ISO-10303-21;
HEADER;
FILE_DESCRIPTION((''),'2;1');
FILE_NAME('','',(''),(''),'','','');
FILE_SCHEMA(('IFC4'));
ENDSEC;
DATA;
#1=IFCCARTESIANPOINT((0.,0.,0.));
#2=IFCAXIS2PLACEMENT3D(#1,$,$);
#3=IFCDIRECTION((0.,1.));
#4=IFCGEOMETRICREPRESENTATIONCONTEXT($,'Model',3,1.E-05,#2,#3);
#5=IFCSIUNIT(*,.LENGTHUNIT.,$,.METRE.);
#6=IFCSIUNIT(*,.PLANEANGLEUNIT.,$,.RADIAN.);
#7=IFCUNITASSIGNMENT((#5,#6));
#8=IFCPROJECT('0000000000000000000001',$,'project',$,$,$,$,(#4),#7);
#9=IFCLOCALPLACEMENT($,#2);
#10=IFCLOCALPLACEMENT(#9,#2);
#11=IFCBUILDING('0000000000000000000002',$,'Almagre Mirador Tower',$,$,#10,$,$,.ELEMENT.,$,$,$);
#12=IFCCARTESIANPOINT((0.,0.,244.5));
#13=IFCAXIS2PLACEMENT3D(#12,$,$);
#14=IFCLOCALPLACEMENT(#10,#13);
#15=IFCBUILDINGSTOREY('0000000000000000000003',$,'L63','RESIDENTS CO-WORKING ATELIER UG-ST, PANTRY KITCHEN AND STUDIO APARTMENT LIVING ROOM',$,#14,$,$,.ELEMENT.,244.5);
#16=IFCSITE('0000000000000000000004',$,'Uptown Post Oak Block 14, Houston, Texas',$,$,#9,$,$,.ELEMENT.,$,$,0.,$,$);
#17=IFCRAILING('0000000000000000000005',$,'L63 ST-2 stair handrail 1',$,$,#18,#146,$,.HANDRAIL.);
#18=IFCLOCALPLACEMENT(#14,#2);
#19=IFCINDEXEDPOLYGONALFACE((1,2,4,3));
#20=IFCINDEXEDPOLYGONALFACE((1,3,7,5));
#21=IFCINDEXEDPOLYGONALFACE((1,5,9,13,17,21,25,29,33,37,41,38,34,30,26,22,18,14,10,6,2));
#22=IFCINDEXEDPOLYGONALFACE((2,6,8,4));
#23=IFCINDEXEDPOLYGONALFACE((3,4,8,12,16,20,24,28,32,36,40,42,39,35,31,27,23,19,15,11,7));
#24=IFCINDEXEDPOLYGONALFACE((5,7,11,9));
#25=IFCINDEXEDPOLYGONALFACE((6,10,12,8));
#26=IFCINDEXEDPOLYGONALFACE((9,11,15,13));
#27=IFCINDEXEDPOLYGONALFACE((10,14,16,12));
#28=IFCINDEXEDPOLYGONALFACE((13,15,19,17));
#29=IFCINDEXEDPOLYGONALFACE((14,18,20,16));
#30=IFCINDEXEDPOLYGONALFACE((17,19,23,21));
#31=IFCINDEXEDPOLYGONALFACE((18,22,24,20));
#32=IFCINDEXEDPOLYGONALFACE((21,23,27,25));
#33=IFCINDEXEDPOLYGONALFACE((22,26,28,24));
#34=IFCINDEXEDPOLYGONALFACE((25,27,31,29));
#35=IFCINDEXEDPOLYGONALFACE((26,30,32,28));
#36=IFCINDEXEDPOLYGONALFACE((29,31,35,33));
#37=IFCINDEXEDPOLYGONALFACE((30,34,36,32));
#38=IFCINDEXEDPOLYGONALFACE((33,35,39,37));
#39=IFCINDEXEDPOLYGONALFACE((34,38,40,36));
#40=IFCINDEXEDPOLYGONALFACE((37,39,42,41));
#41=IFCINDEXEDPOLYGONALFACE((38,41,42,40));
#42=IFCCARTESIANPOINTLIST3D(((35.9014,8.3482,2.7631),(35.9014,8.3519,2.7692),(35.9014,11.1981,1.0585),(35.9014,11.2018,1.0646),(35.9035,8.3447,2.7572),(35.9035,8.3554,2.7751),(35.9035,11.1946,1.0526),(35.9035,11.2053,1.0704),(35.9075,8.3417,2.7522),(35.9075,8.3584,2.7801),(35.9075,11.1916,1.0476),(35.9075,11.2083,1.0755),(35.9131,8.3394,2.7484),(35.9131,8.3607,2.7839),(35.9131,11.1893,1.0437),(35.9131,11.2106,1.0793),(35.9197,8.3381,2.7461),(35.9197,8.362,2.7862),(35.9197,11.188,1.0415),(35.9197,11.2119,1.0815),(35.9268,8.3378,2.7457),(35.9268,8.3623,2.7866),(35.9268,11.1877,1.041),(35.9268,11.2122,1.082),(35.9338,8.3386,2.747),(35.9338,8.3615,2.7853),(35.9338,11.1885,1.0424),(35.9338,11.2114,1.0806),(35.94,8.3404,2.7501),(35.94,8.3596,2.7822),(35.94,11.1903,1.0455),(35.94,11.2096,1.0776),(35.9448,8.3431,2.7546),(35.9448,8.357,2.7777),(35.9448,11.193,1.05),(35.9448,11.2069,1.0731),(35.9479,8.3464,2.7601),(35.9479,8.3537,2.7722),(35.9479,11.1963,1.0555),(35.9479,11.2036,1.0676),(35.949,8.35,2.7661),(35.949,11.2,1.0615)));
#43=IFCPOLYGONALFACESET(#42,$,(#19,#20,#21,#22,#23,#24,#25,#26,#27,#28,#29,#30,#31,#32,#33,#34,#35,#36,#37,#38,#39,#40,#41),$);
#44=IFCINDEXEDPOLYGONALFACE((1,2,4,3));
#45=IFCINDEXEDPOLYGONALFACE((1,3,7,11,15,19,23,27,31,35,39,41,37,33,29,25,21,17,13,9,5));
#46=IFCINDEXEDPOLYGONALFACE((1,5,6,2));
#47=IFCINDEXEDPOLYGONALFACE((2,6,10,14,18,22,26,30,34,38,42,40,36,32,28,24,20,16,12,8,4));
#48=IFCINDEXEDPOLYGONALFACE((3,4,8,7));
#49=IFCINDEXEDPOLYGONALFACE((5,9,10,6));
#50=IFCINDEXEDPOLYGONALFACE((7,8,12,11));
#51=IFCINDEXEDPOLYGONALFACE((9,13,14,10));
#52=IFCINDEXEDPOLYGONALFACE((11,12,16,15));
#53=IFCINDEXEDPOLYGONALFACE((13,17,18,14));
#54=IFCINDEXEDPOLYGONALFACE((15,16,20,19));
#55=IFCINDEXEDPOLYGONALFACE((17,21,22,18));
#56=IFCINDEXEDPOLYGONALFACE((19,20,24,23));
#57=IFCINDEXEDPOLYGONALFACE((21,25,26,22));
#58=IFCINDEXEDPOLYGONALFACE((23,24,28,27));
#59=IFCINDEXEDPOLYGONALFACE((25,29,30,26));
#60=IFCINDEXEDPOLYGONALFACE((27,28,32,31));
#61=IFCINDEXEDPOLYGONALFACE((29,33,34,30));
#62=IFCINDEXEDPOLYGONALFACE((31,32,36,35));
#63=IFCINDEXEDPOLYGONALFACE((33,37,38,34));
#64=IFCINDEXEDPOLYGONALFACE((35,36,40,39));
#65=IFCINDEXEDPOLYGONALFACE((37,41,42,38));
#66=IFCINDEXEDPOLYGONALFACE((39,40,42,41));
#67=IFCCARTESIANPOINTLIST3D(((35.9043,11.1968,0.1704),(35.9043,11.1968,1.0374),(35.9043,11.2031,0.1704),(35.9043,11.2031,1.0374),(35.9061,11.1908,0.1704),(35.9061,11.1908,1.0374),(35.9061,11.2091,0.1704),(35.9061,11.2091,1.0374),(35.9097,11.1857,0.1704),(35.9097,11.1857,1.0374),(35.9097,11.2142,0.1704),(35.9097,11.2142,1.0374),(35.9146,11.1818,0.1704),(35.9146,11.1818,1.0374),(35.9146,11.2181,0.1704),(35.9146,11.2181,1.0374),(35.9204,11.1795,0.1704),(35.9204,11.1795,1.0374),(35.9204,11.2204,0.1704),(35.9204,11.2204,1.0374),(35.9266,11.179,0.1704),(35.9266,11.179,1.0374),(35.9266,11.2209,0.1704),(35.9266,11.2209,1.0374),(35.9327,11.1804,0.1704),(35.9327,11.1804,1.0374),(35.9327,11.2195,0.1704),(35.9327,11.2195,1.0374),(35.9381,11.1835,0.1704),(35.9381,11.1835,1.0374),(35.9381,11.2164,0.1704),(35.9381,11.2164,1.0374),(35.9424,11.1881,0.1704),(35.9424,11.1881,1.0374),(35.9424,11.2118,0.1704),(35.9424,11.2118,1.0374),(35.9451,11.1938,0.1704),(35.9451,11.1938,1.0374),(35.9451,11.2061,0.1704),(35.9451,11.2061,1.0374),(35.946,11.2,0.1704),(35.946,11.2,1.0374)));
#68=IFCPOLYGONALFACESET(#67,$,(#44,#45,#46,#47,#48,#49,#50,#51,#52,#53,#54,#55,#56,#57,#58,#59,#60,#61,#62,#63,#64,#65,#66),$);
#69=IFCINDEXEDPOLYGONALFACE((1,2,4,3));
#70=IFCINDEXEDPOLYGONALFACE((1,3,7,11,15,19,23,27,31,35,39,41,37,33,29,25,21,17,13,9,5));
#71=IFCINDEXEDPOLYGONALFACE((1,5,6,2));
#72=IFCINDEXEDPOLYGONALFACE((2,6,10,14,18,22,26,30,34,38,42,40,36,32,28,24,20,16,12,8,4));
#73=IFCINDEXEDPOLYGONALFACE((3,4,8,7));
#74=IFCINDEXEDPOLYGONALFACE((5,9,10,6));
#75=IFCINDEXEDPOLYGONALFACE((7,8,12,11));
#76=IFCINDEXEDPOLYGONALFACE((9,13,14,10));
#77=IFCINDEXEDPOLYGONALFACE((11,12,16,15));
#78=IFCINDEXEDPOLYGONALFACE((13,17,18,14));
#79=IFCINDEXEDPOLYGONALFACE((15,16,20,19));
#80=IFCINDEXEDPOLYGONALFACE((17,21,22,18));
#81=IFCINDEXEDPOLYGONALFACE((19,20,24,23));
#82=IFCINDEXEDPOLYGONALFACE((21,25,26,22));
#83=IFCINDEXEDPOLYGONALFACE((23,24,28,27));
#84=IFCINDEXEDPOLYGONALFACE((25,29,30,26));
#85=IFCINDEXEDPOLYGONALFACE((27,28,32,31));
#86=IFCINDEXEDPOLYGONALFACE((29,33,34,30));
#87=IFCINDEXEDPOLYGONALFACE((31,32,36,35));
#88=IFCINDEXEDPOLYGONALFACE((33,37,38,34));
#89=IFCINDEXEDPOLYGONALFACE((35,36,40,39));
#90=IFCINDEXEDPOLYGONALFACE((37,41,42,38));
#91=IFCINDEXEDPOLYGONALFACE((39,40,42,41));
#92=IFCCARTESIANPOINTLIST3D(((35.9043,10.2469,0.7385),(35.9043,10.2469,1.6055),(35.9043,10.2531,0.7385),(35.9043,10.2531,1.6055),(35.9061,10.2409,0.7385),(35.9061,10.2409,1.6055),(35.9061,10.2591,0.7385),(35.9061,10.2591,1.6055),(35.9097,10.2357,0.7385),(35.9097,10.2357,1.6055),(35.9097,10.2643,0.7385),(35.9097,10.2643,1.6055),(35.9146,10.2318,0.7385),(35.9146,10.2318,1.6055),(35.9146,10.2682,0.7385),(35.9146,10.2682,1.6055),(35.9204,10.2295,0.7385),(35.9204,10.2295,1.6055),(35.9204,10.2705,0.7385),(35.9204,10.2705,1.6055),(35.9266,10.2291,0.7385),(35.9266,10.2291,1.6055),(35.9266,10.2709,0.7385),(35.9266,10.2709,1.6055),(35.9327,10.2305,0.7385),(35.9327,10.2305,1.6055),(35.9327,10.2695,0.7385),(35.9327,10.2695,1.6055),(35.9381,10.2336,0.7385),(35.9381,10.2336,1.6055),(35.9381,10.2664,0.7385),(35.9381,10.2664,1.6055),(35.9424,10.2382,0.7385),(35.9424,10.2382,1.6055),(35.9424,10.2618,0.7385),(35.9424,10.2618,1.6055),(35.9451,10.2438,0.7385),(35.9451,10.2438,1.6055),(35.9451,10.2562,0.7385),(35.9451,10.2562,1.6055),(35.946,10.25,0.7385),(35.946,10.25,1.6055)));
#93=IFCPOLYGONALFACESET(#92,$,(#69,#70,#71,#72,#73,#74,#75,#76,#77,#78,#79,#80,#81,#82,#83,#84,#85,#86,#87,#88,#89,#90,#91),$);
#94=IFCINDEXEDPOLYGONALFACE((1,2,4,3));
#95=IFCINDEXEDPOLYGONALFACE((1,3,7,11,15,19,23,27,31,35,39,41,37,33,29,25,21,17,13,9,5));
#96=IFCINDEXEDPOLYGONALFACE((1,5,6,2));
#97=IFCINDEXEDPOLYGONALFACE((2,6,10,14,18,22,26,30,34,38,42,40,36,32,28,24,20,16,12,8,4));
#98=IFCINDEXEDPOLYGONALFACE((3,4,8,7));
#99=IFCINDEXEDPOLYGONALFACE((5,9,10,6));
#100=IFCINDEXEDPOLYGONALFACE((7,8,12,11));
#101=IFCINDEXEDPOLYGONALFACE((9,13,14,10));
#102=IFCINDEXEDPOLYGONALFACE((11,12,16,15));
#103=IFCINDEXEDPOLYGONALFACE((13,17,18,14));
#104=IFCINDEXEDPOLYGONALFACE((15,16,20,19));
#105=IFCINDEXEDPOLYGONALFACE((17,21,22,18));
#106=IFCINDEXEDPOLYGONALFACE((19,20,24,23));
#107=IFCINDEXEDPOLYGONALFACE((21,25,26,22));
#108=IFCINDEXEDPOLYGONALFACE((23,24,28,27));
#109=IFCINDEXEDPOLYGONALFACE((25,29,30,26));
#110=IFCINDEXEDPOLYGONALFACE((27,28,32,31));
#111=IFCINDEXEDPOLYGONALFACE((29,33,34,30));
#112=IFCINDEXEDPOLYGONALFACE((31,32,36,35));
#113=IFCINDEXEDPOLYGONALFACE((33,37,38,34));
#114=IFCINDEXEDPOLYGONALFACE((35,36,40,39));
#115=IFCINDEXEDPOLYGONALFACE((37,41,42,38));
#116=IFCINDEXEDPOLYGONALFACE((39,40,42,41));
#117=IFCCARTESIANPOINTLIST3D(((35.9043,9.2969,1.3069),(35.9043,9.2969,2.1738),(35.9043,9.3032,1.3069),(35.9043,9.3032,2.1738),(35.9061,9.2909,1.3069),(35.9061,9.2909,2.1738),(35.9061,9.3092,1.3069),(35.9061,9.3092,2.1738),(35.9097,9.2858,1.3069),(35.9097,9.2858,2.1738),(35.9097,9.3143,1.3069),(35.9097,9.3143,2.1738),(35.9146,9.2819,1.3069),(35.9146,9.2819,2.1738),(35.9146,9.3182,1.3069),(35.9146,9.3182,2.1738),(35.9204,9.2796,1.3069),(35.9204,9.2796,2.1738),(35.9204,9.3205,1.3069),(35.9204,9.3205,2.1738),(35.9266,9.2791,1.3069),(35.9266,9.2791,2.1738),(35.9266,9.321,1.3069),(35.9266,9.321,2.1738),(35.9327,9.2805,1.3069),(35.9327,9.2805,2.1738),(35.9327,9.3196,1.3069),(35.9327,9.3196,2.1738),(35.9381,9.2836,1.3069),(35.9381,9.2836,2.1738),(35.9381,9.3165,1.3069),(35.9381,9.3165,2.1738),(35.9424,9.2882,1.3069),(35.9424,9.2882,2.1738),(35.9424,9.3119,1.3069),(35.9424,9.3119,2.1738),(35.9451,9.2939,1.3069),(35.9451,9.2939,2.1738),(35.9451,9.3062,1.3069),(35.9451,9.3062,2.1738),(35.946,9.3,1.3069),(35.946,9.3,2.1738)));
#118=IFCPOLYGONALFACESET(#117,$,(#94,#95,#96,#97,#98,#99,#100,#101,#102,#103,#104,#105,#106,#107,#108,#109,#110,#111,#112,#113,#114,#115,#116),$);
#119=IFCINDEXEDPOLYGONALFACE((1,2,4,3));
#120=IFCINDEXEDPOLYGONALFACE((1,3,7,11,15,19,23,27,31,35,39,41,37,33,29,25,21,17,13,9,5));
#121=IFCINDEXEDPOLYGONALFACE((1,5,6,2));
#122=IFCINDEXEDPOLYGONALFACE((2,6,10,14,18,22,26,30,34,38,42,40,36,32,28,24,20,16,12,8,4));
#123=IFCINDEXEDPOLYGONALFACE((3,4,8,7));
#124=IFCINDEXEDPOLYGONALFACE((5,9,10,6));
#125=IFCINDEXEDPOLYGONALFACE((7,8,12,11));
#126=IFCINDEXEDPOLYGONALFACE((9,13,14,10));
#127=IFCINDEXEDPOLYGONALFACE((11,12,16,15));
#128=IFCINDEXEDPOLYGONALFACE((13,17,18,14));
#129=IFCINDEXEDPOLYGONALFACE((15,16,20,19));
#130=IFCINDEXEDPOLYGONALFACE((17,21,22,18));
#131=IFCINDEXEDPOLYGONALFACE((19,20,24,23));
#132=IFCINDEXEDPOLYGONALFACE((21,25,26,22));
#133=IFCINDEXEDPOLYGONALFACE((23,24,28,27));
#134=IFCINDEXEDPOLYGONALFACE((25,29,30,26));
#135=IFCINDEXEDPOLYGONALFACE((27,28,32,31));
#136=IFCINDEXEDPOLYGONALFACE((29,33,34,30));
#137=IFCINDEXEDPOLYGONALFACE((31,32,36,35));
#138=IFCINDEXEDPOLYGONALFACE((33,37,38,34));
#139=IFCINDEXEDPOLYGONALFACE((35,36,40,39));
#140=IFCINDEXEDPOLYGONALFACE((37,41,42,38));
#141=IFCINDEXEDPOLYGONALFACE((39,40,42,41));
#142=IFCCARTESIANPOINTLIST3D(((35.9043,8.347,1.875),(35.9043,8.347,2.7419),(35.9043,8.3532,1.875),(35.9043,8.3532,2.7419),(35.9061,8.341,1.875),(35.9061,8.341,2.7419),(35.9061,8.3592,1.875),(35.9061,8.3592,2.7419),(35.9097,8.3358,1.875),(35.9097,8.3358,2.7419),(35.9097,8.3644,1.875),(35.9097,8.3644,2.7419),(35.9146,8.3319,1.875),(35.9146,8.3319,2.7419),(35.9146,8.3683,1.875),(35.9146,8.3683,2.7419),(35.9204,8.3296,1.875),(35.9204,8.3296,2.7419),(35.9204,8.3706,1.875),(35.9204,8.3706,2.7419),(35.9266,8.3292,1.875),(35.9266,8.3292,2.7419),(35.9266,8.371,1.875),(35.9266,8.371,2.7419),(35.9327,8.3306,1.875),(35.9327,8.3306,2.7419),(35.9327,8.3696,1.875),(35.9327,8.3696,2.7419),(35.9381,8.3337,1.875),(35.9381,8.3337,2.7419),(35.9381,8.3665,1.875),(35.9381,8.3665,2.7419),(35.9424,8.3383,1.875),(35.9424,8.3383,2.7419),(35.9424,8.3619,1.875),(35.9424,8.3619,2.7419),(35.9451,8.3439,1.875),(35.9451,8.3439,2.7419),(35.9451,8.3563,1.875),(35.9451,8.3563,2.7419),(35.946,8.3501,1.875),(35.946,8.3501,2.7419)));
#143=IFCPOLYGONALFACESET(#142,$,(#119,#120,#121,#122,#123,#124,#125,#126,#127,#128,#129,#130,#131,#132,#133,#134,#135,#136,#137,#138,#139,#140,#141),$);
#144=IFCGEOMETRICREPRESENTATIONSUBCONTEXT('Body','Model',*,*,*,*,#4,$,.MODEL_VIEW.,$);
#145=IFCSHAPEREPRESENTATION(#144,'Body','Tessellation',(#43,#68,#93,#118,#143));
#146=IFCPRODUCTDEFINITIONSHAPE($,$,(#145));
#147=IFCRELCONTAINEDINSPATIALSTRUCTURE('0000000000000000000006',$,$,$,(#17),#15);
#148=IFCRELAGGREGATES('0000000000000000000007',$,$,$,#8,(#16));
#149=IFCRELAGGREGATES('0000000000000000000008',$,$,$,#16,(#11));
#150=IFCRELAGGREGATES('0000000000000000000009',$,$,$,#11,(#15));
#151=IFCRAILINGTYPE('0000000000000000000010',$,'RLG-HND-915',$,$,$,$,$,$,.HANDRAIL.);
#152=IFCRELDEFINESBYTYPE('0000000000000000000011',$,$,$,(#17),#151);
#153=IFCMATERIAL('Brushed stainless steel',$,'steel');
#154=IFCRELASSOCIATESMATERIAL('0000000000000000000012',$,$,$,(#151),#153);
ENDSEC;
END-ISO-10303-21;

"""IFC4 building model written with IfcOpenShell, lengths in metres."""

from ifc_helpers import new_model, si_unit, direction, frame, origin, origin_2d, place, context, subcontext, project, spatial, circle, extrude, material, type_object, element, save


model = new_model("IFC4")

# Units and contexts
model_context = context("Model", 3, precision=1e-05, world=origin(), true_north=direction((0.0, 1.0)))
body_context = subcontext(model_context, "Body", "Model", "MODEL_VIEW")
ifc_project = project(units=[si_unit("LENGTHUNIT", "METRE"), si_unit("PLANEANGLEUNIT", "RADIAN")], contexts=[model_context])

# Site, building, storey
site_placement = place(None, origin())
site = spatial("IfcSite", under=ifc_project, at=site_placement, Name="Uptown Post Oak Block 14, Houston, Texas", CompositionType="ELEMENT", RefElevation=0.0)
building_placement = place(site_placement, origin())
building = spatial("IfcBuilding", under=site, at=building_placement, Name="Almagre Mirador Tower", CompositionType="ELEMENT")
storey_placement = place(building_placement, frame((0.0, 0.0, 244.5)))
storey = spatial("IfcBuildingStorey", under=building, at=storey_placement, Name="L63", Description="RESIDENTS CO-WORKING ATELIER UG-ST, PANTRY KITCHEN AND STUDIO APARTMENT LIVING ROOM", CompositionType="ELEMENT", Elevation=244.5)

# Railing
ifc_material_1 = material(Name="Brushed stainless steel", Category="steel")
railing_type_1 = type_object("IfcRailingType", Name="RLG-HND-915", PredefinedType="HANDRAIL", material=ifc_material_1)
railing_1_placement = place(storey_placement, frame((35.925, 11.2, 0.1704)))
element("IfcRailing", 1, at=railing_1_placement, inside=storey, type_object=railing_type_1, Name="L63 ST-2 stair handrail 1", PredefinedType="HANDRAIL", context=body_context, shape_type="SweptSolid", body=[
    extrude(circle(Radius=0.0239, at=origin_2d()), frame((0.0, 0.0, 0.8911), z_axis=(0.0, -0.858199, 0.513317), x_axis=(1.0, 0.0, 0.0)), (0.0, 0.0, 1.0), 3.3208),
    extrude(circle(Radius=0.021, at=origin_2d()), origin(), (0.0, 0.0, 1.0), 0.8669),
    extrude(circle(Radius=0.021, at=origin_2d()), frame((0.0, -0.95, 0.5681)), (0.0, 0.0, 1.0), 0.8669),
    extrude(circle(Radius=0.021, at=origin_2d()), frame((0.0, -1.8999, 1.1365)), (0.0, 0.0, 1.0), 0.8669),
    extrude(circle(Radius=0.021, at=origin_2d()), frame((0.0, -2.8499, 1.7046)), (0.0, 0.0, 1.0), 0.8669),
])

save(model, "model.ifc")
